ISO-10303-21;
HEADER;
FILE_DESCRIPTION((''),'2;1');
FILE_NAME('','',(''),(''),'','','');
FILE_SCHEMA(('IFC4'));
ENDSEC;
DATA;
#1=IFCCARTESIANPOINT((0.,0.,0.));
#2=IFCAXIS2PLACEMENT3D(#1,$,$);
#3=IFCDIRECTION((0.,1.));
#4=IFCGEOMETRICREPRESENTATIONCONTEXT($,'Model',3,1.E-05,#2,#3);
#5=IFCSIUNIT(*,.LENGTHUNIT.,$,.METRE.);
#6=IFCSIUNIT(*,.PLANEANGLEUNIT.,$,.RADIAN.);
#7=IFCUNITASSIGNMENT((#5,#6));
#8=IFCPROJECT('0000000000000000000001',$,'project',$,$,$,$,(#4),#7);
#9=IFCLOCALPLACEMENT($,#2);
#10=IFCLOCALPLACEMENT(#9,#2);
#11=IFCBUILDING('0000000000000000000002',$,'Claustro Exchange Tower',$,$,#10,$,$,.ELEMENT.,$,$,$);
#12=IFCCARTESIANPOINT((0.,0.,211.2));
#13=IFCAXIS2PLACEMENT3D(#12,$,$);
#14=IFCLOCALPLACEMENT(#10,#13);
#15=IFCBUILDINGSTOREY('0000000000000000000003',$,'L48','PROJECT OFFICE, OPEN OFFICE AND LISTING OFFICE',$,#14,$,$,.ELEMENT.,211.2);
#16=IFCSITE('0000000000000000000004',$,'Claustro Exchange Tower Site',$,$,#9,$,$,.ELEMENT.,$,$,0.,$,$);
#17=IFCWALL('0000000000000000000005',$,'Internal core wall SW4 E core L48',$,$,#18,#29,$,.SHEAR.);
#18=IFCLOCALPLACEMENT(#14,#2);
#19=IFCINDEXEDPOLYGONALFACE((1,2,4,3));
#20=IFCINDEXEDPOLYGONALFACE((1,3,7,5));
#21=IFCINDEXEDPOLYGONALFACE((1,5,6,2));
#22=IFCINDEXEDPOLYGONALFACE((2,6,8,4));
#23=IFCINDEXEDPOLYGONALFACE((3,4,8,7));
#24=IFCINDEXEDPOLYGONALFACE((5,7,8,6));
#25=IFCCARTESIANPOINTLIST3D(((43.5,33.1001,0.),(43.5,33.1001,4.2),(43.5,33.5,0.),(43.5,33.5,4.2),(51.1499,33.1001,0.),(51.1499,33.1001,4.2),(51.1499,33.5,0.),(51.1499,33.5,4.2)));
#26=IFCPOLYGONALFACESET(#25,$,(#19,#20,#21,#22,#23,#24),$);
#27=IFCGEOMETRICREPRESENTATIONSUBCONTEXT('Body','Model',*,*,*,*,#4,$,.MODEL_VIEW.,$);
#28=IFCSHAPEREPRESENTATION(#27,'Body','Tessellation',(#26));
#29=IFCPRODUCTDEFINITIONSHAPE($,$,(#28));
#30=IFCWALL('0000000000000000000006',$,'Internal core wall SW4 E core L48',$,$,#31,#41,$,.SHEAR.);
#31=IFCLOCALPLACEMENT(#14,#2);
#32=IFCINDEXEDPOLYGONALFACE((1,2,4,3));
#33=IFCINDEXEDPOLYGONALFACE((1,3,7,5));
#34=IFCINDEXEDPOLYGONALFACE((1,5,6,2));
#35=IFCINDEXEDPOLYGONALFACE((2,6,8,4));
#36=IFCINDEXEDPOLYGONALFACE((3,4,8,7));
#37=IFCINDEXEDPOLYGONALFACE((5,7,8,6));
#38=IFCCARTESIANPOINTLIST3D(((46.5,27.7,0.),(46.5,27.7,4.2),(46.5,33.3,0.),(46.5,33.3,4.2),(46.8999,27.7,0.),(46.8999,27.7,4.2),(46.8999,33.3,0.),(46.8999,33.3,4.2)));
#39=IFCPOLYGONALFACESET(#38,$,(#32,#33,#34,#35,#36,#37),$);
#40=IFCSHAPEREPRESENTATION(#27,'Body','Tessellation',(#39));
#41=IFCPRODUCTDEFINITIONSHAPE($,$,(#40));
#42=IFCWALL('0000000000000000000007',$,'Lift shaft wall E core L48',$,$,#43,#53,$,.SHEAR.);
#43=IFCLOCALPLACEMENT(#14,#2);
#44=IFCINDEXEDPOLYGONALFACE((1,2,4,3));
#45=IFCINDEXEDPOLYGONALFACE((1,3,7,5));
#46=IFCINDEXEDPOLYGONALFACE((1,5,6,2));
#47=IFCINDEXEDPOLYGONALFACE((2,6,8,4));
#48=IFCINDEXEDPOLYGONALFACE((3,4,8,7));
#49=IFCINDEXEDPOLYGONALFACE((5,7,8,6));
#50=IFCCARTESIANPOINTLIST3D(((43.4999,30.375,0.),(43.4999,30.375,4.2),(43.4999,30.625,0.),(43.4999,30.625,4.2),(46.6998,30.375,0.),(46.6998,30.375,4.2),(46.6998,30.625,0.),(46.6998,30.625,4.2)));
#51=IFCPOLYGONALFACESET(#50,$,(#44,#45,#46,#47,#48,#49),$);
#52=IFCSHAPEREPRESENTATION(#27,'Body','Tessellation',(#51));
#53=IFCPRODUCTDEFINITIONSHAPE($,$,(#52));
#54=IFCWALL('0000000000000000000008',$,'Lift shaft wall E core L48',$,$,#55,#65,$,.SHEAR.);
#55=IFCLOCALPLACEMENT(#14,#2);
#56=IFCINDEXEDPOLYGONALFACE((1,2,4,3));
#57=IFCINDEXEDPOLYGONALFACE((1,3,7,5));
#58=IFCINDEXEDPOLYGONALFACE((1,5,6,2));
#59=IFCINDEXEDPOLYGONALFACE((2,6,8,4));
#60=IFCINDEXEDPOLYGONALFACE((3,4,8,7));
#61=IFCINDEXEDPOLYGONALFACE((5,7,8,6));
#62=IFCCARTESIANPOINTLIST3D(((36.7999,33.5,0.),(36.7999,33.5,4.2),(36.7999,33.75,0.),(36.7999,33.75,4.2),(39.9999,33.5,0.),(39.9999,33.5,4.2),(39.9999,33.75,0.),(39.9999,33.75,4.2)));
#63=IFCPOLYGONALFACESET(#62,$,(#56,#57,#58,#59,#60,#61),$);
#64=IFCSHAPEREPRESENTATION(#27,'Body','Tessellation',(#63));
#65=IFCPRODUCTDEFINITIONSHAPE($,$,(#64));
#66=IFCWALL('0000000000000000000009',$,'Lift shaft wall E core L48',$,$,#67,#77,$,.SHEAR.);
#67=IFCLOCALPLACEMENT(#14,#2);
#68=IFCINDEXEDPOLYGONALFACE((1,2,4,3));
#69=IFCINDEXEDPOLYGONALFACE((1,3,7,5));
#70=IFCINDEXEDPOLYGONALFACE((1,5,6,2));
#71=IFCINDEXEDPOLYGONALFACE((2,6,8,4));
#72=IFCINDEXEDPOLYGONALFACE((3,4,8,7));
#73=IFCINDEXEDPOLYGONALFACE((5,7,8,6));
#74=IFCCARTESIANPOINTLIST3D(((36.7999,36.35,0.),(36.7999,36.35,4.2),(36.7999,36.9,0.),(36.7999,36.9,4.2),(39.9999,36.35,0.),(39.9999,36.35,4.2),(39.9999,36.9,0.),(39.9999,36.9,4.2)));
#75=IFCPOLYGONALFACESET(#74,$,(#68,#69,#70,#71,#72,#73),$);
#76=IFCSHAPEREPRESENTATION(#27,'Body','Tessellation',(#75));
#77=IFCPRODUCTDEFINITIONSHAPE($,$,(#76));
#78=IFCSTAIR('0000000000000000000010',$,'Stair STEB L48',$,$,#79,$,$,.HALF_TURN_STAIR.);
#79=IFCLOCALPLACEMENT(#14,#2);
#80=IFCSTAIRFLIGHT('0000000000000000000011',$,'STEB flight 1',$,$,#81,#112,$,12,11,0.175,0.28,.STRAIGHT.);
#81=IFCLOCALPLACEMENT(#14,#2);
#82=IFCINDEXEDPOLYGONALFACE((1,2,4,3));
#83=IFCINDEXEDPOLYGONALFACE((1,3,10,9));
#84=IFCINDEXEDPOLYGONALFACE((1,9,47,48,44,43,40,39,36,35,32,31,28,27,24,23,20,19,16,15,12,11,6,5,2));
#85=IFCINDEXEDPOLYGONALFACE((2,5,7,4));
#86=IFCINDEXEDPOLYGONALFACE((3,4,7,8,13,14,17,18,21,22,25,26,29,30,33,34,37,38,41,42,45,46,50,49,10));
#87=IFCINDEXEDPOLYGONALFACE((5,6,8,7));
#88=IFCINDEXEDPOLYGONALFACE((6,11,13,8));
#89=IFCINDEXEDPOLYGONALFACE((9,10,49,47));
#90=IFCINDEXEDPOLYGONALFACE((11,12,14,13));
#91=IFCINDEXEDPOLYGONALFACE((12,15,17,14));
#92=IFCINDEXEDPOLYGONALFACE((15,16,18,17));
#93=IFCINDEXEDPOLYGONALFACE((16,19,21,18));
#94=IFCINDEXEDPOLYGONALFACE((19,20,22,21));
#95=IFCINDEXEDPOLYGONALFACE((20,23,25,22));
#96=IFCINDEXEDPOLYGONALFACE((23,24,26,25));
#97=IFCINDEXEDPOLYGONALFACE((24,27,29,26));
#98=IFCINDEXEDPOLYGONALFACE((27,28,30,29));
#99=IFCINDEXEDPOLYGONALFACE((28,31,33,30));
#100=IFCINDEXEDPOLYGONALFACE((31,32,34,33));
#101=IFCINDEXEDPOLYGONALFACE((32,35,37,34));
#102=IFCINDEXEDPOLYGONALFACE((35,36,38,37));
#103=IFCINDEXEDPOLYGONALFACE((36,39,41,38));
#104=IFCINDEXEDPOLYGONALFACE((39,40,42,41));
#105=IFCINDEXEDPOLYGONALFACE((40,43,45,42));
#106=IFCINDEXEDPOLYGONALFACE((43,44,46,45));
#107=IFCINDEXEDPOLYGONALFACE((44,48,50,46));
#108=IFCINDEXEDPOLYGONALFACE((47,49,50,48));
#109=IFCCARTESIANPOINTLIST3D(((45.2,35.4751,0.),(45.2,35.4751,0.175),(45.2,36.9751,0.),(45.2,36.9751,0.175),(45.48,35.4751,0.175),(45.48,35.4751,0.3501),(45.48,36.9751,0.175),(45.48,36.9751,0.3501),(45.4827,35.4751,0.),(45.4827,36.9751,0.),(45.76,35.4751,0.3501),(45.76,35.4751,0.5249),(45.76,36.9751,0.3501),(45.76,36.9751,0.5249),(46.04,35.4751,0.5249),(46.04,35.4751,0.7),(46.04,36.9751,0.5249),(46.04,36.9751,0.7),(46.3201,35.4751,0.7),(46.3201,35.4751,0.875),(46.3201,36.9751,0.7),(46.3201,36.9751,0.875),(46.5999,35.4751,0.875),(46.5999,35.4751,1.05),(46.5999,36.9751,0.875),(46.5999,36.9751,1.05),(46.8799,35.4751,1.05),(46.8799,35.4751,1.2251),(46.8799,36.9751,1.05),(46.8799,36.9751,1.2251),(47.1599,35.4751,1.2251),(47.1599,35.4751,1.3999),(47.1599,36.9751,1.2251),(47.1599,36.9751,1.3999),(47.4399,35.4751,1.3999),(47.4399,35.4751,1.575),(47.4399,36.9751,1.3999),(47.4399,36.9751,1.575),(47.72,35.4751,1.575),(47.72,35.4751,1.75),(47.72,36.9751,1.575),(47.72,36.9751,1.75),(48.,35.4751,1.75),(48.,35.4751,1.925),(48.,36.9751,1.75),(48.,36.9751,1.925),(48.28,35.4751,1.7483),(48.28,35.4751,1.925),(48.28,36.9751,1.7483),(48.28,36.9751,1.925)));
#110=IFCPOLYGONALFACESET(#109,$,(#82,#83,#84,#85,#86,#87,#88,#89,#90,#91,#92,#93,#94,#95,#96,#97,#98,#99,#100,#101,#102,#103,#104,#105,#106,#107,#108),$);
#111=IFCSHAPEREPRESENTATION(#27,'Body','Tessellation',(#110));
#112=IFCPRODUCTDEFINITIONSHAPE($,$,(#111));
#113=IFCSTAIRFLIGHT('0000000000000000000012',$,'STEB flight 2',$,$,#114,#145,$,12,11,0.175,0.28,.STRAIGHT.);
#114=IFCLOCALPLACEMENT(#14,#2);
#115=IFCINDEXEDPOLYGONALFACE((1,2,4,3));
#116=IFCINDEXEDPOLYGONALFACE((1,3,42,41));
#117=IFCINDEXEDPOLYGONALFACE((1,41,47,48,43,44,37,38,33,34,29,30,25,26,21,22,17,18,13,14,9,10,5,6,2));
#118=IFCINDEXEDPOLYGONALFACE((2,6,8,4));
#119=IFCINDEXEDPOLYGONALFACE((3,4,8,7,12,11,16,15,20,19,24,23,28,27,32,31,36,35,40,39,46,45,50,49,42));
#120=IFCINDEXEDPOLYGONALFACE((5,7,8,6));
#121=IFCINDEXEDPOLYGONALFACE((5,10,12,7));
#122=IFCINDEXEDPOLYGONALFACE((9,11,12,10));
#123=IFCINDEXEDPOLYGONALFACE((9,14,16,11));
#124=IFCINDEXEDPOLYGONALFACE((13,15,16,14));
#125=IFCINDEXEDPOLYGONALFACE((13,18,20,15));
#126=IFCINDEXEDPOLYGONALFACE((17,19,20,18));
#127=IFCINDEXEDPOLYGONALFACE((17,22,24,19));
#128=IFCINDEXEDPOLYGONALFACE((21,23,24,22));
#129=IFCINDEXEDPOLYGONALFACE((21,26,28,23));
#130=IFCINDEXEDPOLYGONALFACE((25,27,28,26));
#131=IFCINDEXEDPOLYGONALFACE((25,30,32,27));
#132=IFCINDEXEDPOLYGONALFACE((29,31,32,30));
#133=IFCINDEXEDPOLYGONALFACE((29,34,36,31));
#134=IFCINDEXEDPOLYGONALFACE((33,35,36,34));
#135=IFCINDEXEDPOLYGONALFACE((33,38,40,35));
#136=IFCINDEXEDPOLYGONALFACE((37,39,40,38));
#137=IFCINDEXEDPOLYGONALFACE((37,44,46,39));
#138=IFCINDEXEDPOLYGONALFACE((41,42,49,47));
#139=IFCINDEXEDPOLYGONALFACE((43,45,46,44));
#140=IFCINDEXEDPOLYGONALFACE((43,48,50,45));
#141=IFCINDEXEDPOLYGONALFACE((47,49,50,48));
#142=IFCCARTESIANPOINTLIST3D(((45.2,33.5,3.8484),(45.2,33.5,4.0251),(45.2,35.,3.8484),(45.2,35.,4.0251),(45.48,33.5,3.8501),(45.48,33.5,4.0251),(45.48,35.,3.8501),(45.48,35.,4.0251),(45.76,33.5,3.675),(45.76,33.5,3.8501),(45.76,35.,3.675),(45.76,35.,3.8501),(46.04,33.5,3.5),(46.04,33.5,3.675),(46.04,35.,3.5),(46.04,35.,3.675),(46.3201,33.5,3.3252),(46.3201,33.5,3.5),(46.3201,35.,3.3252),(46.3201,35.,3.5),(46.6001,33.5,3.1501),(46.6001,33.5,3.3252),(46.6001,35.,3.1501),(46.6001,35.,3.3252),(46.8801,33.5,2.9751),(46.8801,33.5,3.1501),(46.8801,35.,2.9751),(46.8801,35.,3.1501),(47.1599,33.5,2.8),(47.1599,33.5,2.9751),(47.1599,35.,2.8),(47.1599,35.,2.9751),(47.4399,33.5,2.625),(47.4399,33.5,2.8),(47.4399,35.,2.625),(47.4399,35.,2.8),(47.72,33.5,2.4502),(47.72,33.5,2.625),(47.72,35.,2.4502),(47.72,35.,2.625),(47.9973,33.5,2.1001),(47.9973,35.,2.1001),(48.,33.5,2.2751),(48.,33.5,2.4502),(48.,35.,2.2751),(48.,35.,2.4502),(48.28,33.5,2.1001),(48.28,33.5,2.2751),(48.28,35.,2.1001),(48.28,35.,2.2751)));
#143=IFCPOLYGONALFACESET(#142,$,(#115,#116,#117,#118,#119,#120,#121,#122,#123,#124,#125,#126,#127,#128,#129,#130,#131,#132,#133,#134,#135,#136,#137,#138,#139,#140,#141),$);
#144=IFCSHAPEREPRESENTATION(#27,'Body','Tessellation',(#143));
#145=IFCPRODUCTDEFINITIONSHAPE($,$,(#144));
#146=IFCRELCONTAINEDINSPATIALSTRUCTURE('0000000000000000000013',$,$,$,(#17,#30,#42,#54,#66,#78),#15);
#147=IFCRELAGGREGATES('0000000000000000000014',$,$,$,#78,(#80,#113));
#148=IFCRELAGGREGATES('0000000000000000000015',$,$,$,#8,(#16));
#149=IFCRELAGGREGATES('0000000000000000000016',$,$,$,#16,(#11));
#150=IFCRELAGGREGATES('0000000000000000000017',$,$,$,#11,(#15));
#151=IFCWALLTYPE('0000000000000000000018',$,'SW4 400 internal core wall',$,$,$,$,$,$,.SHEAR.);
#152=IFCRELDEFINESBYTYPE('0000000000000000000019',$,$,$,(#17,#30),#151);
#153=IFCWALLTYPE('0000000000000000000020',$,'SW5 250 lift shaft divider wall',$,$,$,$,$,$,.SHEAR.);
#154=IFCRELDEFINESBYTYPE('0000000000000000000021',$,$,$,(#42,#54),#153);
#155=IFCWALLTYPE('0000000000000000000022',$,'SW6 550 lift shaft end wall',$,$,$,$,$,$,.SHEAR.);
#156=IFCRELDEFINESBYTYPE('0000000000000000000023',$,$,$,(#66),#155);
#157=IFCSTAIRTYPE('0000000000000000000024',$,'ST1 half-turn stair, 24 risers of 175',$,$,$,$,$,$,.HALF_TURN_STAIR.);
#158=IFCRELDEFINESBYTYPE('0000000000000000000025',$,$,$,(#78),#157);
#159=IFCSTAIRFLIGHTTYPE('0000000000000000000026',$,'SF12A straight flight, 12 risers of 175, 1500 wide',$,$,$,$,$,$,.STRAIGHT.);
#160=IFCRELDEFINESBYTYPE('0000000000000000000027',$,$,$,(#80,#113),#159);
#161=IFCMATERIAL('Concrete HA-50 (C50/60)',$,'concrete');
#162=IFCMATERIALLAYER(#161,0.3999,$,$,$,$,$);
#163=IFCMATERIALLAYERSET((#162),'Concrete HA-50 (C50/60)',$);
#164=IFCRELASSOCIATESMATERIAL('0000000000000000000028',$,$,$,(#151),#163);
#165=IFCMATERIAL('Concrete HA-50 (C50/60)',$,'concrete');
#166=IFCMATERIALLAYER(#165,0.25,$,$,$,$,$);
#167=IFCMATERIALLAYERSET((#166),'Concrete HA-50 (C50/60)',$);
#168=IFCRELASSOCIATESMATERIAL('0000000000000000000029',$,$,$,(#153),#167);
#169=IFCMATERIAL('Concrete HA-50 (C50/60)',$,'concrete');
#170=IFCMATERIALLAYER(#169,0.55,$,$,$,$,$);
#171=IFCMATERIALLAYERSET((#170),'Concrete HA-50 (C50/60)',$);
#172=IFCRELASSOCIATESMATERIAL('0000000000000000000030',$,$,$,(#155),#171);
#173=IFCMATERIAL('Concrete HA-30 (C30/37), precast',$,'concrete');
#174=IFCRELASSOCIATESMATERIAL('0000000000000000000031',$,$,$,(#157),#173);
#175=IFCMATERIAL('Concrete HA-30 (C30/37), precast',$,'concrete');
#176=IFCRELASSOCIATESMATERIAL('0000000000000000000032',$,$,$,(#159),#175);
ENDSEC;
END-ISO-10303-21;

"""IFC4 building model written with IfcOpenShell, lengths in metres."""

from ifc_helpers import new_model, si_unit, direction, frame, frame_2d, origin, place, context, subcontext, project, spatial, polyline, rectangle, outline, extrude, material, layer, layer_set, type_object, element, aggregate, save


model = new_model("IFC4")

# Units and contexts
model_context = context("Model", 3, precision=1e-05, world=origin(), true_north=direction((0.0, 1.0)))
body_context = subcontext(model_context, "Body", "Model", "MODEL_VIEW")
ifc_project = project(units=[si_unit("LENGTHUNIT", "METRE"), si_unit("PLANEANGLEUNIT", "RADIAN")], contexts=[model_context])

# Site, building, storey
site_placement = place(None, origin())
site = spatial("IfcSite", under=ifc_project, at=site_placement, Name="Claustro Exchange Tower Site", CompositionType="ELEMENT", RefElevation=0.0)
building_placement = place(site_placement, origin())
building = spatial("IfcBuilding", under=site, at=building_placement, Name="Claustro Exchange Tower", CompositionType="ELEMENT")
storey_placement = place(building_placement, frame((0.0, 0.0, 211.2)))
storey = spatial("IfcBuildingStorey", under=building, at=storey_placement, Name="L48", Description="PROJECT OFFICE, OPEN OFFICE AND LISTING OFFICE", CompositionType="ELEMENT", Elevation=211.2)

# Walls
ifc_material_1 = material(Name="Concrete HA-50 (C50/60)", Category="concrete")
ifc_layer_1 = layer(ifc_material_1, 0.3999)
ifc_layer_set_1 = layer_set([ifc_layer_1], Name="Concrete HA-50 (C50/60)")
wall_type_1 = type_object("IfcWallType", Name="SW4 400 internal core wall", PredefinedType="SHEAR", material=ifc_layer_set_1)
for number, where, z_axis, x_axis, name in (
    (1, (51.1499, 33.3, 0.0), (0.0, 0.0, 1.0), (-1.0, 0.0, 0.0), "Internal core wall SW4 E core L48"),
):
    element("IfcWall", number, at=place(storey_placement, frame(where, z_axis=z_axis, x_axis=x_axis)), inside=storey, type_object=wall_type_1, Name=name, PredefinedType="SHEAR", context=body_context, shape_type="SweptSolid", body=[
        extrude(rectangle(XDim=7.6499, YDim=0.3999, at=frame_2d((3.825, 0.0))), origin(), (0.0, 0.0, 1.0), 4.2),
    ])
wall_1_placement = place(storey_placement, frame((46.7, 27.7, 0.0), z_axis=(0.0, 0.0, 1.0), x_axis=(0.0, 1.0, 0.0)))
element("IfcWall", 2, at=wall_1_placement, inside=storey, type_object=wall_type_1, Name="Internal core wall SW4 E core L48", PredefinedType="SHEAR", context=body_context, shape_type="SweptSolid", body=[
    extrude(rectangle(XDim=5.6001, YDim=0.3999, at=frame_2d((2.8, 0.0))), origin(), (0.0, 0.0, 1.0), 4.2),
])
ifc_material_2 = material(Name="Concrete HA-50 (C50/60)", Category="concrete")
ifc_layer_2 = layer(ifc_material_2, 0.25)
ifc_layer_set_2 = layer_set([ifc_layer_2], Name="Concrete HA-50 (C50/60)")
wall_type_2 = type_object("IfcWallType", Name="SW5 250 lift shaft divider wall", PredefinedType="SHEAR", material=ifc_layer_set_2)
for number, where, z_axis, x_axis, name in (
    (3, (46.7, 30.5, 0.0), (0.0, 0.0, 1.0), (-1.0, 0.0, 0.0), "Lift shaft wall E core L48"),
    (4, (40.0, 33.625, 0.0), (0.0, 0.0, 1.0), (-1.0, 0.0, 0.0), "Lift shaft wall E core L48"),
):
    element("IfcWall", number, at=place(storey_placement, frame(where, z_axis=z_axis, x_axis=x_axis)), inside=storey, type_object=wall_type_2, Name=name, PredefinedType="SHEAR", context=body_context, shape_type="SweptSolid", body=[
        extrude(rectangle(XDim=3.2, YDim=0.25, at=frame_2d((1.6001, 0.0))), origin(), (0.0, 0.0, 1.0), 4.2),
    ])
ifc_material_3 = material(Name="Concrete HA-50 (C50/60)", Category="concrete")
ifc_layer_3 = layer(ifc_material_3, 0.55)
ifc_layer_set_3 = layer_set([ifc_layer_3], Name="Concrete HA-50 (C50/60)")
wall_type_3 = type_object("IfcWallType", Name="SW6 550 lift shaft end wall", PredefinedType="SHEAR", material=ifc_layer_set_3)
wall_2_placement = place(storey_placement, frame((40.0, 36.625, 0.0), z_axis=(0.0, 0.0, 1.0), x_axis=(-1.0, 0.0, 0.0)))
element("IfcWall", 5, at=wall_2_placement, inside=storey, type_object=wall_type_3, Name="Lift shaft wall E core L48", PredefinedType="SHEAR", context=body_context, shape_type="SweptSolid", body=[
    extrude(rectangle(XDim=3.2, YDim=0.55, at=frame_2d((1.6001, 0.0))), origin(), (0.0, 0.0, 1.0), 4.2),
])

# Stair, stair flights
ifc_material_4 = material(Name="Concrete HA-30 (C30/37), precast", Category="concrete")
stair_type = type_object("IfcStairType", Name="ST1 half-turn stair, 24 risers of 175", PredefinedType="HALF_TURN_STAIR", material=ifc_material_4)
stair_placement = place(storey_placement, origin())
stair = element("IfcStair", 6, at=stair_placement, inside=storey, type_object=stair_type, Name="Stair STEB L48", PredefinedType="HALF_TURN_STAIR")
ifc_material_5 = material(Name="Concrete HA-30 (C30/37), precast", Category="concrete")
stair_flight_type = type_object("IfcStairFlightType", Name="SF12A straight flight, 12 risers of 175, 1500 wide", PredefinedType="STRAIGHT", material=ifc_material_5)
stair_flight_1_placement = place(storey_placement, frame((45.2, 36.2251, 0.0), z_axis=(0.0, 0.0, 1.0), x_axis=(1.0, 0.0, 0.0)))
stair_flight_1 = element("IfcStairFlight", 7, at=stair_flight_1_placement, type_object=stair_flight_type, Name="STEB flight 1", NumberOfRisers=12, NumberOfTreads=11, PredefinedType="STRAIGHT", RiserHeight=0.175, TreadLength=0.28, context=body_context, shape_type="SweptSolid", body=[
    extrude(outline(polyline([(0.0, 0.0), (0.0, 0.175), (0.28, 0.175), (0.28, 0.3501), (0.5601, 0.3501), (0.5601, 0.5249), (0.8401, 0.5249), (0.8401, 0.7), (1.1201, 0.7), (1.1201, 0.875), (1.3999, 0.875), (1.3999, 1.05), (1.6799, 1.05), (1.6799, 1.2251), (1.96, 1.2251), (1.96, 1.3999), (2.24, 1.3999), (2.24, 1.575), (2.52, 1.575), (2.52, 1.75), (2.8, 1.75), (2.8, 1.925), (3.0801, 1.925), (3.0801, 2.1001), (3.0801, 1.7483), (0.2827, 0.0), (0.0, 0.0)])), frame((0.0, 0.75, 0.0), z_axis=(0.0, -1.0, 0.0), x_axis=(1.0, 0.0, 0.0)), (0.0, 0.0, 1.0), 1.5),
])
stair_flight_2_placement = place(storey_placement, frame((48.28, 34.25, 2.1001), z_axis=(0.0, 0.0, 1.0), x_axis=(-1.0, 0.0, 0.0)))
stair_flight_2 = element("IfcStairFlight", 8, at=stair_flight_2_placement, type_object=stair_flight_type, Name="STEB flight 2", NumberOfRisers=12, NumberOfTreads=11, PredefinedType="STRAIGHT", RiserHeight=0.175, TreadLength=0.28, context=body_context, shape_type="SweptSolid", body=[
    extrude(outline(polyline([(0.0, 0.0), (0.0, 0.175), (0.28, 0.175), (0.28, 0.3501), (0.5601, 0.3501), (0.5601, 0.5249), (0.8401, 0.5249), (0.8401, 0.7), (1.1201, 0.7), (1.1201, 0.875), (1.3999, 0.875), (1.3999, 1.05), (1.6799, 1.05), (1.6799, 1.2251), (1.96, 1.2251), (1.96, 1.3999), (2.24, 1.3999), (2.24, 1.575), (2.52, 1.575), (2.52, 1.75), (2.8, 1.75), (2.8, 1.925), (3.0801, 1.925), (3.0801, 2.1001), (3.0801, 1.7483), (0.2827, 0.0), (0.0, 0.0)])), frame((0.0, 0.75, 0.0), z_axis=(0.0, -1.0, 0.0), x_axis=(1.0, 0.0, 0.0)), (0.0, 0.0, 1.0), 1.5),
])
aggregate(stair, [stair_flight_1, stair_flight_2])

save(model, "model.ifc")
